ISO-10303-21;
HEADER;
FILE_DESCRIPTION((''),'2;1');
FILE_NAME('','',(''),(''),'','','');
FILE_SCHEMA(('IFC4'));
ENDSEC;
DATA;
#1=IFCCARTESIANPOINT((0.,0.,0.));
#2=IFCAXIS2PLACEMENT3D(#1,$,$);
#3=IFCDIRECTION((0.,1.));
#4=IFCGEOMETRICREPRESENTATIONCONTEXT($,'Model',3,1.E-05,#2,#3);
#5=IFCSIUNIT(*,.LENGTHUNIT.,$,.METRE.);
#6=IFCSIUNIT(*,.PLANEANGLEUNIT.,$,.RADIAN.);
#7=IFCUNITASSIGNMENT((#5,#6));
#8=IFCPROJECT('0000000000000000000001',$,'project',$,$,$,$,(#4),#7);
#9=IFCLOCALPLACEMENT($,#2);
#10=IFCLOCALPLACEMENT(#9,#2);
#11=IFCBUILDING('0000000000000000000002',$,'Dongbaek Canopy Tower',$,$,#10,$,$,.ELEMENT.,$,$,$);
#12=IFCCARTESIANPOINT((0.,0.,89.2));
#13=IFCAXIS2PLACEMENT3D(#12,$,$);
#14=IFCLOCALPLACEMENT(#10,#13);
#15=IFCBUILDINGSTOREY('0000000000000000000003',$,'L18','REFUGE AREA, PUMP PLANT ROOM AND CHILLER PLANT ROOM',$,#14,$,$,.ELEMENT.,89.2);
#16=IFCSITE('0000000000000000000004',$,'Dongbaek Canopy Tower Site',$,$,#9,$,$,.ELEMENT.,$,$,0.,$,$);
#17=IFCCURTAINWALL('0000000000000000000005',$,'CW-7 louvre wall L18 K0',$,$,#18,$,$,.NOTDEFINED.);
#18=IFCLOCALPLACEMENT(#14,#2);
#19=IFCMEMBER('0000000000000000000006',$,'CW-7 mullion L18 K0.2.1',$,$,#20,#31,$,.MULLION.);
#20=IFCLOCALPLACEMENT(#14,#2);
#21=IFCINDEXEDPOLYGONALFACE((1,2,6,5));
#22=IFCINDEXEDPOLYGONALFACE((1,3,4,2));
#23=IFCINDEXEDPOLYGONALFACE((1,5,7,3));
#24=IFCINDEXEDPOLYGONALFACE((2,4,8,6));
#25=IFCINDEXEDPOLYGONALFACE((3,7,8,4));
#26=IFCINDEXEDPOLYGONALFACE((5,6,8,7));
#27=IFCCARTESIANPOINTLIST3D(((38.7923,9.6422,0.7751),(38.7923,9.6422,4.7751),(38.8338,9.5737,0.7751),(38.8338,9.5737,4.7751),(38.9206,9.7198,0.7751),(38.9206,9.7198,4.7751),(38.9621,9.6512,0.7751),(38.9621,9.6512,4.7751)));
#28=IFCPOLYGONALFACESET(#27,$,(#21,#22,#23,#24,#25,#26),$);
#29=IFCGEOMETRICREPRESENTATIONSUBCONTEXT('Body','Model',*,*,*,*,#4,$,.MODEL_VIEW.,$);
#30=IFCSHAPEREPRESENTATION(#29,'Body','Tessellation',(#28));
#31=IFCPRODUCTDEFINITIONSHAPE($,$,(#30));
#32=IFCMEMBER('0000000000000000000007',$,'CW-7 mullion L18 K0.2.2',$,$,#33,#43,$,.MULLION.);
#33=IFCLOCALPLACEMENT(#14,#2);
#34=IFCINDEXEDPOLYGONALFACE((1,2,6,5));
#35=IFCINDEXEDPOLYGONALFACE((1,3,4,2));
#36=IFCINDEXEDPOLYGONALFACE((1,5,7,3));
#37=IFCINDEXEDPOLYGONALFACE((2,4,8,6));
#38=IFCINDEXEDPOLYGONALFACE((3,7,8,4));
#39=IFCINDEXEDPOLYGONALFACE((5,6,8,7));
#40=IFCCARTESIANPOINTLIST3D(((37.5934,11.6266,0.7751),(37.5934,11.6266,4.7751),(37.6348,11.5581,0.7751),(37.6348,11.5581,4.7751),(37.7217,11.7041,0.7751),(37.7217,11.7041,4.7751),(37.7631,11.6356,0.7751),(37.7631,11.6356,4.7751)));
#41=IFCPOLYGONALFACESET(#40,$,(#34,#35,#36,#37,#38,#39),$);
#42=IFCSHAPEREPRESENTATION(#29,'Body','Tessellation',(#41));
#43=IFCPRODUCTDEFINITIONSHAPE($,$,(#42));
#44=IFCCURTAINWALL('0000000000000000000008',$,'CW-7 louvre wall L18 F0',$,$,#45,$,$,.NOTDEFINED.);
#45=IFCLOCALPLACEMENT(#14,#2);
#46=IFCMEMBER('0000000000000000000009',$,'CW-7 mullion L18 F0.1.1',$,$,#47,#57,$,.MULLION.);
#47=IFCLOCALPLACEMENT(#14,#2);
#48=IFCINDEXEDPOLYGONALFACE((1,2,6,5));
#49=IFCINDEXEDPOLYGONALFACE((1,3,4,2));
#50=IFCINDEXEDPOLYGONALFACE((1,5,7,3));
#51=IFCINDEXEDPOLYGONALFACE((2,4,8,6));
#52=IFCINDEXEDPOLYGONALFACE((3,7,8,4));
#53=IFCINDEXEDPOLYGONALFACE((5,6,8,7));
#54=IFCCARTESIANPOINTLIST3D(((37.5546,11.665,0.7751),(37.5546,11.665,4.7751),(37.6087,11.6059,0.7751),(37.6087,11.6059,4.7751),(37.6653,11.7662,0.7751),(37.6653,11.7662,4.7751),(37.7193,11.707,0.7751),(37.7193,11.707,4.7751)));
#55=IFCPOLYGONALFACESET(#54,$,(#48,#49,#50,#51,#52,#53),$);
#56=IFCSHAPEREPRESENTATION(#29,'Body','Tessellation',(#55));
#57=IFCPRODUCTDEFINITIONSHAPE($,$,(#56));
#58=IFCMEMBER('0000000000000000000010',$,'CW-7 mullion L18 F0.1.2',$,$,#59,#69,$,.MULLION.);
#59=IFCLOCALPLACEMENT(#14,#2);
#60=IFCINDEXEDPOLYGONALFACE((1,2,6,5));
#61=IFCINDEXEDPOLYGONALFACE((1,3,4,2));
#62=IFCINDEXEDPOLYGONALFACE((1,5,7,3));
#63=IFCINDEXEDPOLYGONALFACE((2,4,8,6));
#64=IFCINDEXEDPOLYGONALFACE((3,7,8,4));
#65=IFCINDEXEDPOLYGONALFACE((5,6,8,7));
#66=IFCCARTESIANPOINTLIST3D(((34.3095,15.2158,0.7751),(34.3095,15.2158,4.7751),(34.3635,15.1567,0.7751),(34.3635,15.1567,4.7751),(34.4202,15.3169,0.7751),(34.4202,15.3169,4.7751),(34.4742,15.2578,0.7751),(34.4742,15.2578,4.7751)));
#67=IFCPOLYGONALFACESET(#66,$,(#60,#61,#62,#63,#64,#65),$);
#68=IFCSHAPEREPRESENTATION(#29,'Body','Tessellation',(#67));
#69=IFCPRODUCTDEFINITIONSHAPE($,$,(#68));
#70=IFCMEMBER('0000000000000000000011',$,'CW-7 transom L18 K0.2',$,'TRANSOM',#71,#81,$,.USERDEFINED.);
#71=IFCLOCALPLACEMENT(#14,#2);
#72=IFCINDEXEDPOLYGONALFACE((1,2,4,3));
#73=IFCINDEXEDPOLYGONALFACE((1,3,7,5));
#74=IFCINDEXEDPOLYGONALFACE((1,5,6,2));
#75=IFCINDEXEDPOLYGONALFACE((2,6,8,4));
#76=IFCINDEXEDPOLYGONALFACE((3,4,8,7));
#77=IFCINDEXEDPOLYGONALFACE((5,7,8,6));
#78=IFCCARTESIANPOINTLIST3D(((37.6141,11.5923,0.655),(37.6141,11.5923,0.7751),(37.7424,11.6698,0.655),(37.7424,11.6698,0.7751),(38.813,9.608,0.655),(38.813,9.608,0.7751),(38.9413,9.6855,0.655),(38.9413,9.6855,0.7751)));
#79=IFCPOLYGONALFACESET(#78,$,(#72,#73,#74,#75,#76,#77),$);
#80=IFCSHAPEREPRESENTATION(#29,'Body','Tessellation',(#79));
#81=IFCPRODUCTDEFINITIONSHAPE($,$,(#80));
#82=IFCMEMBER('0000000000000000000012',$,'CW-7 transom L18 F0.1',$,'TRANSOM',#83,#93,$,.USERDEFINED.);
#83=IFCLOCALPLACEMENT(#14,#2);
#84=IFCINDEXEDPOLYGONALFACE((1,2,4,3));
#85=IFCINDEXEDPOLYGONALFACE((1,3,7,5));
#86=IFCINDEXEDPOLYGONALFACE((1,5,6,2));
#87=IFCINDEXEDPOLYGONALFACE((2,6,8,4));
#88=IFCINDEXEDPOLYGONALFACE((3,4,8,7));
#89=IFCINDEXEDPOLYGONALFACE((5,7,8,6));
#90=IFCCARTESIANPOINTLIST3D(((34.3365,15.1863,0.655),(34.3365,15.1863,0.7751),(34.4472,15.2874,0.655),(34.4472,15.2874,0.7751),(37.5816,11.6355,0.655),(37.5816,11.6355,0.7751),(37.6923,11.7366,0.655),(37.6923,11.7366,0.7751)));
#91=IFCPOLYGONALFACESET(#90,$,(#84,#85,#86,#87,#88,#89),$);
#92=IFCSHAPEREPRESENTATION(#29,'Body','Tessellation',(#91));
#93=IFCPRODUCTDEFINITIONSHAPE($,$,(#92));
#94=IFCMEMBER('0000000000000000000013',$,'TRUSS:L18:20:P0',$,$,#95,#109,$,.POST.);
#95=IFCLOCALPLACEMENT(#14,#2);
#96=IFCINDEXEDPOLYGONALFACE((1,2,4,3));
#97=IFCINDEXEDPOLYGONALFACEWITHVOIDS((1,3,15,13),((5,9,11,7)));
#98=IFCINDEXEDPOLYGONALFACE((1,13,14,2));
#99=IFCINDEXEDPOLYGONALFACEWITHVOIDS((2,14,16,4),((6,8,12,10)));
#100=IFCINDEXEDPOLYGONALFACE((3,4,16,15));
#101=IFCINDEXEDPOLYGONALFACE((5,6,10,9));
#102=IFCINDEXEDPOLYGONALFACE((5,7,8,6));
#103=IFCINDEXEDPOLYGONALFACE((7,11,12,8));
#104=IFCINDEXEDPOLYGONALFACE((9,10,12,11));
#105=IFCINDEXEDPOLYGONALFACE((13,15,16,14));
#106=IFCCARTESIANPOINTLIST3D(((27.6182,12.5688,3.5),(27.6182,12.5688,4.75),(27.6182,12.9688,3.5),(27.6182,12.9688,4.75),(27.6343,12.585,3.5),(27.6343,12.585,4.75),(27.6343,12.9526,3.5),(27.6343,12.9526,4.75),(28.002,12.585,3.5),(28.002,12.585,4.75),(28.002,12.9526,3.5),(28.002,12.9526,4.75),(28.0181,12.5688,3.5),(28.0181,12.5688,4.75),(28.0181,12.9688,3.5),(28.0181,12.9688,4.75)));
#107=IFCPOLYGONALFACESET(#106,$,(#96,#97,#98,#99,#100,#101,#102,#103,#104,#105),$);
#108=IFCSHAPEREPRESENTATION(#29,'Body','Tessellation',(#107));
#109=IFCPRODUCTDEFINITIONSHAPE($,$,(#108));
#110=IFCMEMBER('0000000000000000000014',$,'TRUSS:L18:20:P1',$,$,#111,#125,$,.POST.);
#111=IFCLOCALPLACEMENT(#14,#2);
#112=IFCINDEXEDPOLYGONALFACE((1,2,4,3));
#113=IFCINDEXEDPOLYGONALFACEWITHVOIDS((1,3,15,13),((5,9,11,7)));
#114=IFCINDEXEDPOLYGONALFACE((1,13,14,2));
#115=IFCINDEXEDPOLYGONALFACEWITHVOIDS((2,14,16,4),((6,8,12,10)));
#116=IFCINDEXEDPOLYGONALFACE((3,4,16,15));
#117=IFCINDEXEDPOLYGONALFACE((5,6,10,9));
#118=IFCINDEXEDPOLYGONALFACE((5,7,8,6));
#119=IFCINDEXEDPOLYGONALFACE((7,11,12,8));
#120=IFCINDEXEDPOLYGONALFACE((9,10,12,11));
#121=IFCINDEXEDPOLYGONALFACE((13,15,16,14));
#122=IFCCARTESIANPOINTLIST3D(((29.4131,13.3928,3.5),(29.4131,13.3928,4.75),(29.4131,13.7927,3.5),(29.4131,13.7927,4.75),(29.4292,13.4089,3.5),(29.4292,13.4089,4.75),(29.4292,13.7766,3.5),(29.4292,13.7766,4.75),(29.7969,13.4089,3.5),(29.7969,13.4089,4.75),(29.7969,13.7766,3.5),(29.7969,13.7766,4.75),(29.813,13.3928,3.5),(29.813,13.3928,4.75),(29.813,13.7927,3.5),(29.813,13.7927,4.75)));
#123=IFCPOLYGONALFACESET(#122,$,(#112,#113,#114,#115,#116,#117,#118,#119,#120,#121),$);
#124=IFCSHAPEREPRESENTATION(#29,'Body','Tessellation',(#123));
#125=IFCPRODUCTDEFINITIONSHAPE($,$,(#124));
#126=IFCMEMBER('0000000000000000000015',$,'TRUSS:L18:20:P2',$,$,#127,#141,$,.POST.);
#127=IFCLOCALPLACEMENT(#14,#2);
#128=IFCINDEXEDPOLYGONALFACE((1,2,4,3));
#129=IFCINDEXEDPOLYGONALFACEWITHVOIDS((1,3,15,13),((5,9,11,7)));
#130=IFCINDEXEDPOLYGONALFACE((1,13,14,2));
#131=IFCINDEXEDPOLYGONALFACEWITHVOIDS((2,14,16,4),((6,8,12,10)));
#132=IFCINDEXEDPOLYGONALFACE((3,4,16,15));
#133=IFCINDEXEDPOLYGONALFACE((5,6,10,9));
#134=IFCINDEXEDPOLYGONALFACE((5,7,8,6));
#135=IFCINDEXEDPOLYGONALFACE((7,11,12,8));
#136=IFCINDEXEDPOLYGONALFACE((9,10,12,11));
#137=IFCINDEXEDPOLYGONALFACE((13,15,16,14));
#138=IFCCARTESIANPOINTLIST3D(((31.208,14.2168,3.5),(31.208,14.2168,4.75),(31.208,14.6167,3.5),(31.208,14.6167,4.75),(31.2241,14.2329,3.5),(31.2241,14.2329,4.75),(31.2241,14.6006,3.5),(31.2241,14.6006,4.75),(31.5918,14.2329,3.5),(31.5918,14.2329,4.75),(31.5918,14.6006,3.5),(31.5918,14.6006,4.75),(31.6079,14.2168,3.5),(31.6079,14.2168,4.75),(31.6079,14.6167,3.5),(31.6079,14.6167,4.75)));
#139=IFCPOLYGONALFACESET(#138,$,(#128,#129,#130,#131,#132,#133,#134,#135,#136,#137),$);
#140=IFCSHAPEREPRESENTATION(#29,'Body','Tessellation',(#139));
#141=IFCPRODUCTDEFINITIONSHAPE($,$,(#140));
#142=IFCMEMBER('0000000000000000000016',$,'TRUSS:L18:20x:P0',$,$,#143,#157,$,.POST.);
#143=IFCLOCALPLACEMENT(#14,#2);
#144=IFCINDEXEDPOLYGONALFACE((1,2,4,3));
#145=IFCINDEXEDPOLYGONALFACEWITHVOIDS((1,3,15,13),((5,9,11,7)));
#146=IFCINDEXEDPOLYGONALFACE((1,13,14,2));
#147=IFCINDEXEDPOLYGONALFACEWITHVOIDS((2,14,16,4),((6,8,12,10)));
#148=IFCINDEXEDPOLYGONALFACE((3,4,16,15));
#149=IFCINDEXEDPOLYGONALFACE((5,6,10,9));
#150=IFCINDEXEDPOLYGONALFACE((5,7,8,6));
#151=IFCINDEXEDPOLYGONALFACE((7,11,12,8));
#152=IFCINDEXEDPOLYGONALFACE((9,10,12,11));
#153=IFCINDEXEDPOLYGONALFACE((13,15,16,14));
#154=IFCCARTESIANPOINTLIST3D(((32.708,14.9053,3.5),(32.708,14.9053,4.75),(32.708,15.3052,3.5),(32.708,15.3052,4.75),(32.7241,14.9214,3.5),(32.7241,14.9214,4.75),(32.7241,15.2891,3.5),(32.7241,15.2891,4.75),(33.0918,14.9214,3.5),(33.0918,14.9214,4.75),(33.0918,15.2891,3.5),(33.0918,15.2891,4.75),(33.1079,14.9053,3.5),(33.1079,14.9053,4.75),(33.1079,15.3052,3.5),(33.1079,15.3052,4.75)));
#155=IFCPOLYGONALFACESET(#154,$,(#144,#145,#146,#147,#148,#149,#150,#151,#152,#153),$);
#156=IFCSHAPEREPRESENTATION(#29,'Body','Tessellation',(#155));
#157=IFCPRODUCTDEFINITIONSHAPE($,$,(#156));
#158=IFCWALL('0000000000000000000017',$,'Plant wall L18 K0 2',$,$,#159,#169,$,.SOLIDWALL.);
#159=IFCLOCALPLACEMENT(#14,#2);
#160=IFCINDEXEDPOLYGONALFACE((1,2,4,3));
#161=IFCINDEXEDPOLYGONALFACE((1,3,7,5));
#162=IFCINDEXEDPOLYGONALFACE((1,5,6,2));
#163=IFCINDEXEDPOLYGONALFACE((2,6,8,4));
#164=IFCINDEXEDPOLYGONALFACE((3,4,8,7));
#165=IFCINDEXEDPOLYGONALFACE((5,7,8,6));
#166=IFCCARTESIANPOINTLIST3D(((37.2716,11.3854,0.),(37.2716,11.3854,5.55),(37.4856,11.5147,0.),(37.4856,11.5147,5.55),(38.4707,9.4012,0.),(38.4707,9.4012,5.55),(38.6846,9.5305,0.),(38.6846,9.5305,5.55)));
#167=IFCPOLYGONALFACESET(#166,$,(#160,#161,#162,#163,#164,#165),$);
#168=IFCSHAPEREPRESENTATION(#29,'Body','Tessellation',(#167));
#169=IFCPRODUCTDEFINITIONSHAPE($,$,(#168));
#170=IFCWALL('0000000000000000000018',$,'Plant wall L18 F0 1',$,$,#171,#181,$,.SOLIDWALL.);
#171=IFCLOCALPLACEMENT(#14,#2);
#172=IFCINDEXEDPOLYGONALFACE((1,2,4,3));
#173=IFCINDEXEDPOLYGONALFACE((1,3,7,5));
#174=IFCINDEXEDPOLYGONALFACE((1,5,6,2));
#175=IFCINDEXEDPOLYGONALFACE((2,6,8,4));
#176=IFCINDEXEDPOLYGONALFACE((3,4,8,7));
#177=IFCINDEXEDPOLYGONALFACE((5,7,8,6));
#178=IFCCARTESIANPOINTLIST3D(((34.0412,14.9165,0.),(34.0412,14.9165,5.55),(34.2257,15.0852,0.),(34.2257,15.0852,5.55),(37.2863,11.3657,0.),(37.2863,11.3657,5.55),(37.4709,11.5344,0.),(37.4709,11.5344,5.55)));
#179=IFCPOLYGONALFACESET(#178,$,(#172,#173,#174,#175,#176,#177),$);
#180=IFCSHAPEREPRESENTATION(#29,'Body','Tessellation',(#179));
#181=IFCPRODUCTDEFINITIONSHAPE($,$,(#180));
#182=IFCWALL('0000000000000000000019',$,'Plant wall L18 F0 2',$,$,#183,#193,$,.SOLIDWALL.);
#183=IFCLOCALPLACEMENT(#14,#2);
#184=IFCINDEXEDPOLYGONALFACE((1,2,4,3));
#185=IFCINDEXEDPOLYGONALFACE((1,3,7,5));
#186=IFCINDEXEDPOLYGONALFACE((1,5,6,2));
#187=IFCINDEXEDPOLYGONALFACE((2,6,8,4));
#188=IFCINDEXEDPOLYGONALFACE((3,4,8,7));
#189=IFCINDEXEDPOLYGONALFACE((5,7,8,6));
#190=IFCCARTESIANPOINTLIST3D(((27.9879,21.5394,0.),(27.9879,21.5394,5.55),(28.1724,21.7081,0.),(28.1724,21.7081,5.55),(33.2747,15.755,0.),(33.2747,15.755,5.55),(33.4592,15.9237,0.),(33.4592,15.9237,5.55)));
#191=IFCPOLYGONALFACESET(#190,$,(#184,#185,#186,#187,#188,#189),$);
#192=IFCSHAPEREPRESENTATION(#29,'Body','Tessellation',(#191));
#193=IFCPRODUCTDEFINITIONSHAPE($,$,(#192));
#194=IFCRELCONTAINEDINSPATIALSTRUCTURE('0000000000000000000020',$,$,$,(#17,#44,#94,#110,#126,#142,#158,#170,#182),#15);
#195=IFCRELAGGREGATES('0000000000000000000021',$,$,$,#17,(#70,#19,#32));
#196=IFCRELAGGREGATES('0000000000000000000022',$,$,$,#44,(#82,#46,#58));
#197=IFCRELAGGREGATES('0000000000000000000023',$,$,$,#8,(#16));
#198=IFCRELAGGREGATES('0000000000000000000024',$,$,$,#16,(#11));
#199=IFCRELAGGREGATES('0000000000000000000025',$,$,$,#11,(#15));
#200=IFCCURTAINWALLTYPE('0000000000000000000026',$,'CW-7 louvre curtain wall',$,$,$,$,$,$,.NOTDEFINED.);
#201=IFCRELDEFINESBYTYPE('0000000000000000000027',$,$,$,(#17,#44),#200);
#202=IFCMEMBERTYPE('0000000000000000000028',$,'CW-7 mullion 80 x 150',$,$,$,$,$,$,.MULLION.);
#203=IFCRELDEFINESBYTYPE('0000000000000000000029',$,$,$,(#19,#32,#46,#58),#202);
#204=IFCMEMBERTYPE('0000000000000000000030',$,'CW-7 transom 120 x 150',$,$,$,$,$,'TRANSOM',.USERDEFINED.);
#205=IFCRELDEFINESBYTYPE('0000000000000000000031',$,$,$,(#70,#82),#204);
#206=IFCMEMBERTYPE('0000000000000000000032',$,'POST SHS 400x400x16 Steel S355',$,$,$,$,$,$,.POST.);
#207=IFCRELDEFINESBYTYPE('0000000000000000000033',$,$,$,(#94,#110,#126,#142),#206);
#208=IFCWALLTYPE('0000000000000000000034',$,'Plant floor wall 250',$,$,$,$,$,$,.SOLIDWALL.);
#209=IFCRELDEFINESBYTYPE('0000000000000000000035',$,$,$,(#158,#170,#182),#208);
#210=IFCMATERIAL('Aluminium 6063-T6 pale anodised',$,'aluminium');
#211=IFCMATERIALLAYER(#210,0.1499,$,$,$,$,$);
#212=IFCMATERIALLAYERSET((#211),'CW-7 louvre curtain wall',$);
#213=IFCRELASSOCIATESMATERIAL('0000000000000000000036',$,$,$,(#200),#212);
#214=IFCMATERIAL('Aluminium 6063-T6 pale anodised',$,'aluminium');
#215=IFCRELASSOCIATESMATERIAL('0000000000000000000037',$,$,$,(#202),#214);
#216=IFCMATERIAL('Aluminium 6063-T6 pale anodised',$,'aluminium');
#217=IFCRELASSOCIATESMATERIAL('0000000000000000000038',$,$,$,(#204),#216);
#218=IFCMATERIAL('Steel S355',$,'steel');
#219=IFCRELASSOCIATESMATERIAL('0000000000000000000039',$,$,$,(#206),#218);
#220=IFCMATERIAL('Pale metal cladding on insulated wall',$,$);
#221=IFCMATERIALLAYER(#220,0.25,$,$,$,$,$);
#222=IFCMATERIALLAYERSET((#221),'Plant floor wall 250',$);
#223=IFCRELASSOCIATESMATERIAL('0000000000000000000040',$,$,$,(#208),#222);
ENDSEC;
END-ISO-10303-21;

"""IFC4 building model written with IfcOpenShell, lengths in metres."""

from ifc_helpers import new_model, si_unit, direction, frame, frame_2d, origin, origin_2d, place, context, subcontext, project, spatial, rectangle, hollow_rectangle, extrude, material, layer, layer_set, material_profile, profile_set, type_object, element, aggregate, save


model = new_model("IFC4")

# Units and contexts
model_context = context("Model", 3, precision=1e-05, world=origin(), true_north=direction((0.0, 1.0)))
body_context = subcontext(model_context, "Body", "Model", "MODEL_VIEW")
ifc_project = project(units=[si_unit("LENGTHUNIT", "METRE"), si_unit("PLANEANGLEUNIT", "RADIAN")], contexts=[model_context])

# Site, building, storey
site_placement = place(None, origin())
site = spatial("IfcSite", under=ifc_project, at=site_placement, Name="Dongbaek Canopy Tower Site", CompositionType="ELEMENT", RefElevation=0.0)
building_placement = place(site_placement, origin())
building = spatial("IfcBuilding", under=site, at=building_placement, Name="Dongbaek Canopy Tower", CompositionType="ELEMENT")
storey_placement = place(building_placement, frame((0.0, 0.0, 89.2)))
storey = spatial("IfcBuildingStorey", under=building, at=storey_placement, Name="L18", Description="REFUGE AREA, PUMP PLANT ROOM AND CHILLER PLANT ROOM", CompositionType="ELEMENT", Elevation=89.2)

# Curtain walls, members
ifc_material_1 = material(Name="Aluminium 6063-T6 pale anodised", Category="aluminium")
ifc_layer_1 = layer(ifc_material_1, 0.1499)
ifc_layer_set_1 = layer_set([ifc_layer_1], Name="CW-7 louvre curtain wall")
curtain_wall_type = type_object("IfcCurtainWallType", Name="CW-7 louvre curtain wall", PredefinedType="NOTDEFINED", material=ifc_layer_set_1)
curtain_wall_1_placement = place(storey_placement, origin())
curtain_wall_1 = element("IfcCurtainWall", 1, at=curtain_wall_1_placement, inside=storey, type_object=curtain_wall_type, Name="CW-7 louvre wall L18 K0", PredefinedType="NOTDEFINED")
ifc_material_2 = material(Name="Aluminium 6063-T6 pale anodised", Category="aluminium")
ifc_material_profile_1 = material_profile(ifc_material_2, rectangle(XDim=0.1499, YDim=0.0801, at=origin_2d()), Name="CW-7 mullion 80 x 150")
ifc_profile_set_1 = profile_set([ifc_material_profile_1], Name="Aluminium 6063-T6 pale anodised")
member_type_1 = type_object("IfcMemberType", Name="CW-7 mullion 80 x 150", PredefinedType="MULLION", material=ifc_profile_set_1)
member_1_placement = place(storey_placement, frame((38.8772, 9.6467, 0.7751), z_axis=(0.0, 0.0, 1.0), x_axis=(0.855886, 0.517165, 0.0)))
member_1 = element("IfcMember", 2, at=member_1_placement, type_object=member_type_1, Name="CW-7 mullion L18 K0.2.1", PredefinedType="MULLION", context=body_context, shape_type="SweptSolid", body=[
    extrude(rectangle(XDim=0.1499, YDim=0.0801, at=origin_2d()), origin(), (0.0, 0.0, 1.0), 4.0),
])
member_2_placement = place(storey_placement, frame((37.6782, 11.6311, 0.7751), z_axis=(0.0, 0.0, 1.0), x_axis=(0.855886, 0.517165, 0.0)))
member_2 = element("IfcMember", 3, at=member_2_placement, type_object=member_type_1, Name="CW-7 mullion L18 K0.2.2", PredefinedType="MULLION", context=body_context, shape_type="SweptSolid", body=[
    extrude(rectangle(XDim=0.1499, YDim=0.0801, at=origin_2d()), origin(), (0.0, 0.0, 1.0), 4.0),
])
curtain_wall_2_placement = place(storey_placement, origin())
curtain_wall_2 = element("IfcCurtainWall", 4, at=curtain_wall_2_placement, inside=storey, type_object=curtain_wall_type, Name="CW-7 louvre wall L18 F0", PredefinedType="NOTDEFINED")
member_3_placement = place(storey_placement, frame((37.637, 11.686, 0.7751), z_axis=(0.0, 0.0, 1.0), x_axis=(0.738141, 0.674647, 0.0)))
member_3 = element("IfcMember", 5, at=member_3_placement, type_object=member_type_1, Name="CW-7 mullion L18 F0.1.1", PredefinedType="MULLION", context=body_context, shape_type="SweptSolid", body=[
    extrude(rectangle(XDim=0.1499, YDim=0.0801, at=origin_2d()), origin(), (0.0, 0.0, 1.0), 4.0),
])
member_4_placement = place(storey_placement, frame((34.3918, 15.2368, 0.7751), z_axis=(0.0, 0.0, 1.0), x_axis=(0.738141, 0.674647, 0.0)))
member_4 = element("IfcMember", 6, at=member_4_placement, type_object=member_type_1, Name="CW-7 mullion L18 F0.1.2", PredefinedType="MULLION", context=body_context, shape_type="SweptSolid", body=[
    extrude(rectangle(XDim=0.1499, YDim=0.0801, at=origin_2d()), origin(), (0.0, 0.0, 1.0), 4.0),
])

# Members
ifc_material_3 = material(Name="Aluminium 6063-T6 pale anodised", Category="aluminium")
ifc_material_profile_2 = material_profile(ifc_material_3, rectangle(XDim=0.1499, YDim=0.1201, at=origin_2d()), Name="CW-7 transom 120 x 150")
ifc_profile_set_2 = profile_set([ifc_material_profile_2], Name="Aluminium 6063-T6 pale anodised")
member_type_2 = type_object("IfcMemberType", Name="CW-7 transom 120 x 150", ElementType="TRANSOM", PredefinedType="USERDEFINED", material=ifc_profile_set_2)
member_5_placement = place(storey_placement, frame((38.8772, 9.6467, 0.7151), z_axis=(-0.517141, 0.8559, 0.0), x_axis=(-0.8559, -0.517141, 0.0)))
member_5 = element("IfcMember", 7, at=member_5_placement, type_object=member_type_2, Name="CW-7 transom L18 K0.2", ObjectType="TRANSOM", PredefinedType="USERDEFINED", context=body_context, shape_type="SweptSolid", body=[
    extrude(rectangle(XDim=0.1499, YDim=0.1201, at=origin_2d()), origin(), (0.0, 0.0, 1.0), 2.3184),
])
member_6_placement = place(storey_placement, frame((37.637, 11.686, 0.7151), z_axis=(-0.674621, 0.738165, 0.0), x_axis=(-0.738165, -0.674621, 0.0)))
member_6 = element("IfcMember", 8, at=member_6_placement, type_object=member_type_2, Name="CW-7 transom L18 F0.1", ObjectType="TRANSOM", PredefinedType="USERDEFINED", context=body_context, shape_type="SweptSolid", body=[
    extrude(rectangle(XDim=0.1499, YDim=0.1201, at=origin_2d()), origin(), (0.0, 0.0, 1.0), 4.8103),
])

# Members
ifc_material_4 = material(Name="Steel S355", Category="steel")
ifc_material_profile_3 = material_profile(ifc_material_4, hollow_rectangle(XDim=0.3999, YDim=0.3999, WallThickness=0.0161, at=origin_2d()), Name="POST SHS 400x400x16 Steel S355")
ifc_profile_set_3 = profile_set([ifc_material_profile_3], Name="Steel S355")
member_type_3 = type_object("IfcMemberType", Name="POST SHS 400x400x16 Steel S355", PredefinedType="POST", material=ifc_profile_set_3)
for number, where, z_axis, x_axis, name in (
    (9, (27.8181, 12.7688, 3.5), (0.0, 0.0, 1.0), (1.0, 0.0, 0.0), "TRUSS:L18:20:P0"),
    (10, (29.613, 13.5928, 3.5), (0.0, 0.0, 1.0), (1.0, 0.0, 0.0), "TRUSS:L18:20:P1"),
    (11, (31.408, 14.4167, 3.5), (0.0, 0.0, 1.0), (1.0, 0.0, 0.0), "TRUSS:L18:20:P2"),
    (12, (32.908, 15.1052, 3.5), (0.0, 0.0, 1.0), (1.0, 0.0, 0.0), "TRUSS:L18:20x:P0"),
):
    element("IfcMember", number, at=place(storey_placement, frame(where, z_axis=z_axis, x_axis=x_axis)), inside=storey, type_object=member_type_3, Name=name, PredefinedType="POST", context=body_context, shape_type="SweptSolid", body=[
        extrude(hollow_rectangle(XDim=0.3999, YDim=0.3999, WallThickness=0.0161, at=origin_2d()), origin(), (0.0, 0.0, 1.0), 1.25),
    ])

# Walls
ifc_material_5 = material(Name="Pale metal cladding on insulated wall")
ifc_layer_2 = layer(ifc_material_5, 0.25)
ifc_layer_set_2 = layer_set([ifc_layer_2], Name="Plant floor wall 250")
wall_type = type_object("IfcWallType", Name="Plant floor wall 250", PredefinedType="SOLIDWALL", material=ifc_layer_set_2)
wall_1_placement = place(storey_placement, frame((38.5776, 9.4658, 0.0), z_axis=(0.0, 0.0, 1.0), x_axis=(-0.517188, 0.855872, 0.0)))
element("IfcWall", 13, at=wall_1_placement, inside=storey, type_object=wall_type, Name="Plant wall L18 K0 2", PredefinedType="SOLIDWALL", context=body_context, shape_type="SweptSolid", body=[
    extrude(rectangle(XDim=2.3184, YDim=0.25, at=frame_2d((1.1592, 0.0))), origin(), (0.0, 0.0, 1.0), 5.55),
])
wall_2_placement = place(storey_placement, frame((37.3787, 11.45, 0.0), z_axis=(0.0, 0.0, 1.0), x_axis=(-0.674621, 0.738165, 0.0)))
element("IfcWall", 14, at=wall_2_placement, inside=storey, type_object=wall_type, Name="Plant wall L18 F0 1", PredefinedType="SOLIDWALL", context=body_context, shape_type="SweptSolid", body=[
    extrude(rectangle(XDim=4.8103, YDim=0.25, at=frame_2d((2.4053, 0.0))), origin(), (0.0, 0.0, 1.0), 5.55),
])
wall_3_placement = place(storey_placement, frame((33.3669, 15.8394, 0.0), z_axis=(0.0, 0.0, 1.0), x_axis=(-0.674647, 0.73814, 0.0)))
element("IfcWall", 15, at=wall_3_placement, inside=storey, type_object=wall_type, Name="Plant wall L18 F0 2", PredefinedType="SOLIDWALL", context=body_context, shape_type="SweptSolid", body=[
    extrude(rectangle(XDim=7.8364, YDim=0.25, at=frame_2d((3.9182, 0.0))), origin(), (0.0, 0.0, 1.0), 5.55),
])

aggregate(curtain_wall_1, [member_5, member_1, member_2])
aggregate(curtain_wall_2, [member_6, member_3, member_4])

save(model, "model.ifc")
